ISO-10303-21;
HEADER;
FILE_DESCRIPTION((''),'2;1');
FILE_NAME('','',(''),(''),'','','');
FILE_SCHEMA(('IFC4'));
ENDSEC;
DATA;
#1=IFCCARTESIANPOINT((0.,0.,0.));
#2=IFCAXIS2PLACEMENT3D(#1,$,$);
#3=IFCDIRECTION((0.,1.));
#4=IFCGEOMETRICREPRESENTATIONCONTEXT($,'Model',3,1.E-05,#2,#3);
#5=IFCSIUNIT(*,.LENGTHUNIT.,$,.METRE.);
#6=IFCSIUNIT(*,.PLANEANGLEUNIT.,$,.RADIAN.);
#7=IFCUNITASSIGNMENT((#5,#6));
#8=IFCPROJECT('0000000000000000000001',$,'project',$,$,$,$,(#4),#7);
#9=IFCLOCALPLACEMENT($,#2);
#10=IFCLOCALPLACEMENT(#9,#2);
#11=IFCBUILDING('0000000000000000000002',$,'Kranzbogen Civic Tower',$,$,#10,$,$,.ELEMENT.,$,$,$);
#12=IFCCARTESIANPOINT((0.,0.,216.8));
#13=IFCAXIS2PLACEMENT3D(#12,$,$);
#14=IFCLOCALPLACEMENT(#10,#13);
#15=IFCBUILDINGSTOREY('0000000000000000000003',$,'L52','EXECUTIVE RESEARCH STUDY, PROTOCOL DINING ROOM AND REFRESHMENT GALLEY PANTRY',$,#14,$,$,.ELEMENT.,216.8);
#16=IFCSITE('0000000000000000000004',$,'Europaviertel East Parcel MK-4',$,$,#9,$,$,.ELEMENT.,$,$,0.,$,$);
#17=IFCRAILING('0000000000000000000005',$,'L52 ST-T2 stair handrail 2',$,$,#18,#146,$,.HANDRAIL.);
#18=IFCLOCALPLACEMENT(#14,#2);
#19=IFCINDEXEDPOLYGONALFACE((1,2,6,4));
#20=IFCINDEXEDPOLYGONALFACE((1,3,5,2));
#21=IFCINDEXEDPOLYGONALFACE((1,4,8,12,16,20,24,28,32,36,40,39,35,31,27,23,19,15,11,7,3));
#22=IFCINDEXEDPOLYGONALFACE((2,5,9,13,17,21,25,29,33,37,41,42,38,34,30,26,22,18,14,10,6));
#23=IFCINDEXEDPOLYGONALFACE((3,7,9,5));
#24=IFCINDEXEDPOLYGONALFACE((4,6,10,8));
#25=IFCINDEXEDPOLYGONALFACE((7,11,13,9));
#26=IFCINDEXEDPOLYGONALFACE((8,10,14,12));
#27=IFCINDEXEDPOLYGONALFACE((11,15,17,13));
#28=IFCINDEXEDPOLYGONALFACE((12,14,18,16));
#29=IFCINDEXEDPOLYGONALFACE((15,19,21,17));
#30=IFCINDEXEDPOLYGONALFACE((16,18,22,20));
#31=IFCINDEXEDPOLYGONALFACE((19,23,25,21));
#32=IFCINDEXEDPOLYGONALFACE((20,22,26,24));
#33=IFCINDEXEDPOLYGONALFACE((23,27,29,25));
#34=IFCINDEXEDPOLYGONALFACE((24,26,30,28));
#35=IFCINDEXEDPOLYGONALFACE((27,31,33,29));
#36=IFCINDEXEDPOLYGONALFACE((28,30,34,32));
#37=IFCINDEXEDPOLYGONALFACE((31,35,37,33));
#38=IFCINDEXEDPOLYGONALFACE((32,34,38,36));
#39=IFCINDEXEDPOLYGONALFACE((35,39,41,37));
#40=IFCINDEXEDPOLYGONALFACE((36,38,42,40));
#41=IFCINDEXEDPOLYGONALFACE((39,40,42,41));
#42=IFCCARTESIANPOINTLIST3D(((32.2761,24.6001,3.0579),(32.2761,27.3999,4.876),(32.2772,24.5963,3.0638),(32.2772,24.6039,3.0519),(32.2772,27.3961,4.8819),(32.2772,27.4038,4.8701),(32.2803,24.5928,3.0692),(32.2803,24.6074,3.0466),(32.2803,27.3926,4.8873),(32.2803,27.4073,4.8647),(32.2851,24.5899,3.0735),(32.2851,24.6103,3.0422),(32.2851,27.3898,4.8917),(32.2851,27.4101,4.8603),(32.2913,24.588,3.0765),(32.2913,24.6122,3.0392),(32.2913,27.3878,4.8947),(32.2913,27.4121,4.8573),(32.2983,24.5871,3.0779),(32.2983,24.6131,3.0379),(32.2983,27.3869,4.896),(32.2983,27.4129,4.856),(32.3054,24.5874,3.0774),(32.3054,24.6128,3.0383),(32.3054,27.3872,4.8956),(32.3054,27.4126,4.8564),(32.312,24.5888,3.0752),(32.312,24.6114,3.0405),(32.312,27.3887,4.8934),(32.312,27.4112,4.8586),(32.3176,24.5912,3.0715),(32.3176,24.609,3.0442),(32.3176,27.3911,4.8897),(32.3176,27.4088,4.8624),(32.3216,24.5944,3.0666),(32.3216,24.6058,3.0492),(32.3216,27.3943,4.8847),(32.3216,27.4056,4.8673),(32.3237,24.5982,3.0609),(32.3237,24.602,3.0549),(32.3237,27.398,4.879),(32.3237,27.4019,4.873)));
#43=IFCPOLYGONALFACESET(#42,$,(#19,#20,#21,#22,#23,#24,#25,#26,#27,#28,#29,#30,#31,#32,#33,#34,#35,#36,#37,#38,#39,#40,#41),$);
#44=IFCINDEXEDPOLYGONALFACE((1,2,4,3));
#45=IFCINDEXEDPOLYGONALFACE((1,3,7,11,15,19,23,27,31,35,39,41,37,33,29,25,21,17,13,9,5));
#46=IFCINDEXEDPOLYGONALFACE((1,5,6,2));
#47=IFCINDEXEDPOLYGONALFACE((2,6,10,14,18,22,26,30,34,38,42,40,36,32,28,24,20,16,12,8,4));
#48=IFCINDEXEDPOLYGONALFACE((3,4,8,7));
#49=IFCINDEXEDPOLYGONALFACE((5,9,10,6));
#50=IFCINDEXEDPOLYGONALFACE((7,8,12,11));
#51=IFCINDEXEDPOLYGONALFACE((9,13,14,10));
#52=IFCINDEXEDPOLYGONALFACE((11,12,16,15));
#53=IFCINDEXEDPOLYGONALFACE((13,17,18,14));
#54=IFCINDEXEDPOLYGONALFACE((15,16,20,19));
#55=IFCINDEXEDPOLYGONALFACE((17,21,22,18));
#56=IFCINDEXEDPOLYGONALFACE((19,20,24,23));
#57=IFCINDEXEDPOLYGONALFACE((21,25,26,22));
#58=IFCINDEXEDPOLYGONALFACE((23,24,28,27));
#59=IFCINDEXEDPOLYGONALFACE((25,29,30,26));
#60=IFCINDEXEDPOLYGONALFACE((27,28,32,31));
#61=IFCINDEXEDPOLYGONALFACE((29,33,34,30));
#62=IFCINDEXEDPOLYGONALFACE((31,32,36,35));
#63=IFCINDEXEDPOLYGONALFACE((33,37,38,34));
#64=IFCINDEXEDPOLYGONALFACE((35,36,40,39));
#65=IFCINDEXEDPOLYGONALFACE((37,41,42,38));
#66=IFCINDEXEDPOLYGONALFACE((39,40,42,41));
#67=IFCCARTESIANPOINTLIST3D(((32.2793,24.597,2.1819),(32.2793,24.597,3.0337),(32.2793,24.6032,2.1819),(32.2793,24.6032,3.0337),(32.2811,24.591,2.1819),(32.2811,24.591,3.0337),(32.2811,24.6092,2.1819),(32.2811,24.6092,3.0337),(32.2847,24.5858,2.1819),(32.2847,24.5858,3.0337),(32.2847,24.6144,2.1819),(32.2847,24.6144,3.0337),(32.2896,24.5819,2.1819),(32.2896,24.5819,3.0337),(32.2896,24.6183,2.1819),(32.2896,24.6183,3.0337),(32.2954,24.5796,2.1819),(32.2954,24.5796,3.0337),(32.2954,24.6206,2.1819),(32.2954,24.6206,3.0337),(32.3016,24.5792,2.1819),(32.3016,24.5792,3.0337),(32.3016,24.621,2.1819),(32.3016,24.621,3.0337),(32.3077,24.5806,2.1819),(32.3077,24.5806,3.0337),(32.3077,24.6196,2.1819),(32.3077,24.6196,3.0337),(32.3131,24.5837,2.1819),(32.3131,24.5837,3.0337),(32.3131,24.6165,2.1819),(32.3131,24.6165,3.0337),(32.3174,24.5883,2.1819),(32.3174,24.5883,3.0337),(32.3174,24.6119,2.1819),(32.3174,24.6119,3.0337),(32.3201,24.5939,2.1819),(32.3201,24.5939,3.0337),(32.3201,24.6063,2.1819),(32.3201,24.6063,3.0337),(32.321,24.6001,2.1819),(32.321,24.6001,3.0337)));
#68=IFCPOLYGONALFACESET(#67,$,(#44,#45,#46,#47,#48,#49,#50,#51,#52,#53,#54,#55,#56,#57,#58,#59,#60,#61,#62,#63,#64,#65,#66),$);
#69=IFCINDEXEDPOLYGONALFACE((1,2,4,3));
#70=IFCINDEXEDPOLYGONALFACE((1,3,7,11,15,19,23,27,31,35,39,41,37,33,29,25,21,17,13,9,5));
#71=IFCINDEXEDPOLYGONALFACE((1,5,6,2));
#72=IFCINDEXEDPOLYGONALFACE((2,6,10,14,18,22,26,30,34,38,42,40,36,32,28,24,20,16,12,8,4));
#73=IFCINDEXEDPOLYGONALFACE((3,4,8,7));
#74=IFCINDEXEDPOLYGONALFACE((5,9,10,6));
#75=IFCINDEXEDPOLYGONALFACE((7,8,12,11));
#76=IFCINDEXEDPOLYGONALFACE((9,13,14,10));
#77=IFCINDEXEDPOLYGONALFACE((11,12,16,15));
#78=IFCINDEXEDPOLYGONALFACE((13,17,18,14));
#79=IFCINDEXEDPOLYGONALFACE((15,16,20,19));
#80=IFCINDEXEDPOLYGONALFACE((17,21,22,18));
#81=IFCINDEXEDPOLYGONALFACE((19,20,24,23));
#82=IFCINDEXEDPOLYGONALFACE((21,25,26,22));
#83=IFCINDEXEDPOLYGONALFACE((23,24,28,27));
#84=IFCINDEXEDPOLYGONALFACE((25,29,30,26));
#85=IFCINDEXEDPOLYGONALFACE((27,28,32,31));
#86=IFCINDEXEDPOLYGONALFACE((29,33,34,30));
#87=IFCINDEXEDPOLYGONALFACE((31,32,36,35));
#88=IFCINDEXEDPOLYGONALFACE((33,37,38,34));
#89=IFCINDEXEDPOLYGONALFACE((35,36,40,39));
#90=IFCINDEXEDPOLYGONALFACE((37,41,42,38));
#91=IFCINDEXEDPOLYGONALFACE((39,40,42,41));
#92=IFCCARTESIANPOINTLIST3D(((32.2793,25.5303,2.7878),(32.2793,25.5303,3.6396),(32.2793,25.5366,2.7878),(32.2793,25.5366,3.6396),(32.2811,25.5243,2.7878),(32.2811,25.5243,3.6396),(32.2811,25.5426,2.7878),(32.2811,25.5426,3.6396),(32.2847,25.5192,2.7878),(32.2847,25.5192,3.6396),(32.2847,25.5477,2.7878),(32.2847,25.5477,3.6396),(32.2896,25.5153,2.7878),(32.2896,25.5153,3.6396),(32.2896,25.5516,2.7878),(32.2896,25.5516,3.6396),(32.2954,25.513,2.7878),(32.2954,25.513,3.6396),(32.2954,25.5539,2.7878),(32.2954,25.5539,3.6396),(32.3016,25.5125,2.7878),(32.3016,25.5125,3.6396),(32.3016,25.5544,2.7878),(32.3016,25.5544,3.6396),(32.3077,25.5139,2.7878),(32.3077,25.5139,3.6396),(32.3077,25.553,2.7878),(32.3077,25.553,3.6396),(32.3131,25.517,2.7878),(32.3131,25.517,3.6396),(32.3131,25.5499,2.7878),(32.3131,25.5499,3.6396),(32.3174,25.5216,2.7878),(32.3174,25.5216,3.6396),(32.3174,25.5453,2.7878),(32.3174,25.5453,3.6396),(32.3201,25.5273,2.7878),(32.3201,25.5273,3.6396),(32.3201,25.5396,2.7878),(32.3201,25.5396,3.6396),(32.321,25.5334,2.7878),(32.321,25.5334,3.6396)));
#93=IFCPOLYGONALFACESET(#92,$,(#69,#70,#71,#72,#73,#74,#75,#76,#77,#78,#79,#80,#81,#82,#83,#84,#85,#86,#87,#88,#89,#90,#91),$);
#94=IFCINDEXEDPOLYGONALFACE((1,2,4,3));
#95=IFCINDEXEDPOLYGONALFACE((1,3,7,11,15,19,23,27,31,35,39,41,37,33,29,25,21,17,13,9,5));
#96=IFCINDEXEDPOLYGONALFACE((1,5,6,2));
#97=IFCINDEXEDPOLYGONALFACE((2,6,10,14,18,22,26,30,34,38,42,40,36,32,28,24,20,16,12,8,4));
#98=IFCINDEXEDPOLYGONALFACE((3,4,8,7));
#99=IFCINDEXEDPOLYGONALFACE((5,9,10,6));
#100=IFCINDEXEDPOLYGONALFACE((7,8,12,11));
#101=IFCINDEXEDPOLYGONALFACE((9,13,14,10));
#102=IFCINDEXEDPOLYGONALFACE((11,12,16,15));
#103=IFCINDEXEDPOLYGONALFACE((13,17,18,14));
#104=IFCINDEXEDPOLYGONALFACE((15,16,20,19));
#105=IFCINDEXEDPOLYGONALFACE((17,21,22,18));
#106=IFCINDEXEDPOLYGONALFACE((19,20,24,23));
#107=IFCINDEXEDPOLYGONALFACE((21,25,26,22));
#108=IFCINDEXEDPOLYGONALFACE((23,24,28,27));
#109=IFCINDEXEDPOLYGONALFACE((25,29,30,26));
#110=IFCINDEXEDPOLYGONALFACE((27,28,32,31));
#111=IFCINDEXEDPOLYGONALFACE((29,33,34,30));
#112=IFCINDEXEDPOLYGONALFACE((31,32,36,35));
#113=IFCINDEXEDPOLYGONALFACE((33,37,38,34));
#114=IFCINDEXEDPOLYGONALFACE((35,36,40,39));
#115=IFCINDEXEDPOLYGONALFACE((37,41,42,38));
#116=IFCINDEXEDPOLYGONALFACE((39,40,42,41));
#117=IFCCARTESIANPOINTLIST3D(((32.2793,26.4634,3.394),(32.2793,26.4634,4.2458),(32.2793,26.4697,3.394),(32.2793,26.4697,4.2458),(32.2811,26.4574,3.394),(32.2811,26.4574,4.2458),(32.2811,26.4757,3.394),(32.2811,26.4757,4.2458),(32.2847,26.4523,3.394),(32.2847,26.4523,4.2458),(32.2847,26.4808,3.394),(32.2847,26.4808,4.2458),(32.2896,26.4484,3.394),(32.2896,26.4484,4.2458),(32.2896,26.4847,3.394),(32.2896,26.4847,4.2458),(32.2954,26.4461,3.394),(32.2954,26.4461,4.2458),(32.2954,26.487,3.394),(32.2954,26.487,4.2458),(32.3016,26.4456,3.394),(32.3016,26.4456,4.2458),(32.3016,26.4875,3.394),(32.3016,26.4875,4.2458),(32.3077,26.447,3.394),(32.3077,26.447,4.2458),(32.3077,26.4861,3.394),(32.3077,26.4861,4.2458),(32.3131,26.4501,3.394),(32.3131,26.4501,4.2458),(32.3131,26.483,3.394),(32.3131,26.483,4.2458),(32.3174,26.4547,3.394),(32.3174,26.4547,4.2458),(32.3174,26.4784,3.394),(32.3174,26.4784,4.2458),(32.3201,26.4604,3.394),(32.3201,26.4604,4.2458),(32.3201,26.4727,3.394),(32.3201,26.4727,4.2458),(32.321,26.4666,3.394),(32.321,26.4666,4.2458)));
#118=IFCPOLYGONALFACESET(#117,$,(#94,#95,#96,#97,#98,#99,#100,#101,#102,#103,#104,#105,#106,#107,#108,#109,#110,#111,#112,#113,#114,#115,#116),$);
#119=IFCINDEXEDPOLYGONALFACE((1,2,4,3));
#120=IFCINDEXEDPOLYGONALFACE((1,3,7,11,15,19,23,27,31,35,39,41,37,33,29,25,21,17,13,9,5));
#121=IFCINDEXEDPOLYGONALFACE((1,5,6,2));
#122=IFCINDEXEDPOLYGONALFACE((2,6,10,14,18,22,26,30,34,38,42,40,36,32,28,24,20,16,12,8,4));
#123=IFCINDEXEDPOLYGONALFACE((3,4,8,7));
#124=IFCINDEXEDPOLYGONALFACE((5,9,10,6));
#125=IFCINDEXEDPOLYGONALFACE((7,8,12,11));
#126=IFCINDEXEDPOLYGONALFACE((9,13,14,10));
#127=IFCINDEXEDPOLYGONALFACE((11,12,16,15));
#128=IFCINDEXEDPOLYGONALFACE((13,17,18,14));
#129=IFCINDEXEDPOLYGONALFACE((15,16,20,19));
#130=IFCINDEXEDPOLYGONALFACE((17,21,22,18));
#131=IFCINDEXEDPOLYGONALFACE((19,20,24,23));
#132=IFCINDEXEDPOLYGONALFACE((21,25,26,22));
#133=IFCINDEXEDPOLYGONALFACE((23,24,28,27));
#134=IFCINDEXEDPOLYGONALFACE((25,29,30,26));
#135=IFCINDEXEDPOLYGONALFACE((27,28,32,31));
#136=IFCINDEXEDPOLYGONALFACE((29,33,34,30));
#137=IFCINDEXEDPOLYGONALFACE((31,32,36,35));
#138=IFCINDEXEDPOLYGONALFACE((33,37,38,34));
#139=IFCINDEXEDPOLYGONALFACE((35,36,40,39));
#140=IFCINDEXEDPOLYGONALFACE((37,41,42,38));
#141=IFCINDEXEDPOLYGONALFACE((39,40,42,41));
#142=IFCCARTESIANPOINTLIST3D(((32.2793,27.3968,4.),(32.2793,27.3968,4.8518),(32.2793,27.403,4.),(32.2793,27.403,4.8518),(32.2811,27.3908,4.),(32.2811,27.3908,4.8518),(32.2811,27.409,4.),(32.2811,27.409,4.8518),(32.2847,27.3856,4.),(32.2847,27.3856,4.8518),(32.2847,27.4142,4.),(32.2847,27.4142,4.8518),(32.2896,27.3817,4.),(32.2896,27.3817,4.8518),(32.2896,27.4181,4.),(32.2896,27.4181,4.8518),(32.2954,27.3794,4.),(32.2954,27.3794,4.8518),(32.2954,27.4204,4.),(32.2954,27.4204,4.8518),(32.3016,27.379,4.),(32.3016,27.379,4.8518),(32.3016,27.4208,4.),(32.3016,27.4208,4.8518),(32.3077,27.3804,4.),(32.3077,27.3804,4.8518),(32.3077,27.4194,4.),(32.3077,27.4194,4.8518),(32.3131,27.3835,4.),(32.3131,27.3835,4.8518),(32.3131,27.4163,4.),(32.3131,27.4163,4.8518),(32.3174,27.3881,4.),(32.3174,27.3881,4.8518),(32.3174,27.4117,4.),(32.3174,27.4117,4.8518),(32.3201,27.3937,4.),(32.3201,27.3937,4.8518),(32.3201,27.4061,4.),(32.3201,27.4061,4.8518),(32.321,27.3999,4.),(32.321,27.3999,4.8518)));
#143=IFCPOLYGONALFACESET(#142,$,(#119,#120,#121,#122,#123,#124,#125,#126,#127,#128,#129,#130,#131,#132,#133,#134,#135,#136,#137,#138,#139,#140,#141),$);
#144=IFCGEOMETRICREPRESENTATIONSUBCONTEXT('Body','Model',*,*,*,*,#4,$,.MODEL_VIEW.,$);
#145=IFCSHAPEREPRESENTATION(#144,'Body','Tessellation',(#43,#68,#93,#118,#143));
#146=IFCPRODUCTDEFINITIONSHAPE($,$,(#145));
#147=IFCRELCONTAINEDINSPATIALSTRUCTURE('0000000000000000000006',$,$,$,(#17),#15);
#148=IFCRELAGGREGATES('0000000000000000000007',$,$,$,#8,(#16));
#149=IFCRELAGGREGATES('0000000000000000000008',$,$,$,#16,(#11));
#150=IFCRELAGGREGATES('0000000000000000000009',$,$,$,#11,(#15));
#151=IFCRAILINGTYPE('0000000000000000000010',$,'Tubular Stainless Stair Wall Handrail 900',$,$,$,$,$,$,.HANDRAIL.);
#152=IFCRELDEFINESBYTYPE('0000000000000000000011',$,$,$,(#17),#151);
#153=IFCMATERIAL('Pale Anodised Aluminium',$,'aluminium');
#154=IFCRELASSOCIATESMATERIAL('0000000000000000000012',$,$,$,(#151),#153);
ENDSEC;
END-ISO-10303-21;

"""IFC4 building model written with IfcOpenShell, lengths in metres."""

from ifc_helpers import new_model, si_unit, direction, frame, origin, origin_2d, place, context, subcontext, project, spatial, circle, extrude, material, type_object, element, save


model = new_model("IFC4")

# Units and contexts
model_context = context("Model", 3, precision=1e-05, world=origin(), true_north=direction((0.0, 1.0)))
body_context = subcontext(model_context, "Body", "Model", "MODEL_VIEW")
ifc_project = project(units=[si_unit("LENGTHUNIT", "METRE"), si_unit("PLANEANGLEUNIT", "RADIAN")], contexts=[model_context])

# Site, building, storey
site_placement = place(None, origin())
site = spatial("IfcSite", under=ifc_project, at=site_placement, Name="Europaviertel East Parcel MK-4", CompositionType="ELEMENT", RefElevation=0.0)
building_placement = place(site_placement, origin())
building = spatial("IfcBuilding", under=site, at=building_placement, Name="Kranzbogen Civic Tower", CompositionType="ELEMENT")
storey_placement = place(building_placement, frame((0.0, 0.0, 216.8)))
storey = spatial("IfcBuildingStorey", under=building, at=storey_placement, Name="L52", Description="EXECUTIVE RESEARCH STUDY, PROTOCOL DINING ROOM AND REFRESHMENT GALLEY PANTRY", CompositionType="ELEMENT", Elevation=216.8)

# Shared definitions
ifc_material_1 = material(Name="Pale Anodised Aluminium", Category="aluminium")

# Railing
railing_type_1 = type_object("IfcRailingType", Name="Tubular Stainless Stair Wall Handrail 900", PredefinedType="HANDRAIL", material=ifc_material_1)
railing_1_placement = place(storey_placement, frame((32.3, 24.6001, 2.1819)))
element("IfcRailing", 1, at=railing_1_placement, inside=storey, type_object=railing_type_1, Name="L52 ST-T2 stair handrail 2", PredefinedType="HANDRAIL", context=body_context, shape_type="SweptSolid", body=[
    extrude(circle(Radius=0.0239, at=origin_2d()), frame((0.0, 0.0, 0.876), z_axis=(0.0, 0.838684, 0.544618), x_axis=(-1.0, 0.0, 0.0)), (0.0, 0.0, 1.0), 3.3384),
    extrude(circle(Radius=0.021, at=origin_2d()), origin(), (0.0, 0.0, 1.0), 0.8518),
    extrude(circle(Radius=0.021, at=origin_2d()), frame((0.0, 0.9333, 0.606)), (0.0, 0.0, 1.0), 0.8518),
    extrude(circle(Radius=0.021, at=origin_2d()), frame((0.0, 1.8665, 1.2122)), (0.0, 0.0, 1.0), 0.8518),
    extrude(circle(Radius=0.021, at=origin_2d()), frame((0.0, 2.7998, 1.8181)), (0.0, 0.0, 1.0), 0.8518),
])

save(model, "model.ifc")
